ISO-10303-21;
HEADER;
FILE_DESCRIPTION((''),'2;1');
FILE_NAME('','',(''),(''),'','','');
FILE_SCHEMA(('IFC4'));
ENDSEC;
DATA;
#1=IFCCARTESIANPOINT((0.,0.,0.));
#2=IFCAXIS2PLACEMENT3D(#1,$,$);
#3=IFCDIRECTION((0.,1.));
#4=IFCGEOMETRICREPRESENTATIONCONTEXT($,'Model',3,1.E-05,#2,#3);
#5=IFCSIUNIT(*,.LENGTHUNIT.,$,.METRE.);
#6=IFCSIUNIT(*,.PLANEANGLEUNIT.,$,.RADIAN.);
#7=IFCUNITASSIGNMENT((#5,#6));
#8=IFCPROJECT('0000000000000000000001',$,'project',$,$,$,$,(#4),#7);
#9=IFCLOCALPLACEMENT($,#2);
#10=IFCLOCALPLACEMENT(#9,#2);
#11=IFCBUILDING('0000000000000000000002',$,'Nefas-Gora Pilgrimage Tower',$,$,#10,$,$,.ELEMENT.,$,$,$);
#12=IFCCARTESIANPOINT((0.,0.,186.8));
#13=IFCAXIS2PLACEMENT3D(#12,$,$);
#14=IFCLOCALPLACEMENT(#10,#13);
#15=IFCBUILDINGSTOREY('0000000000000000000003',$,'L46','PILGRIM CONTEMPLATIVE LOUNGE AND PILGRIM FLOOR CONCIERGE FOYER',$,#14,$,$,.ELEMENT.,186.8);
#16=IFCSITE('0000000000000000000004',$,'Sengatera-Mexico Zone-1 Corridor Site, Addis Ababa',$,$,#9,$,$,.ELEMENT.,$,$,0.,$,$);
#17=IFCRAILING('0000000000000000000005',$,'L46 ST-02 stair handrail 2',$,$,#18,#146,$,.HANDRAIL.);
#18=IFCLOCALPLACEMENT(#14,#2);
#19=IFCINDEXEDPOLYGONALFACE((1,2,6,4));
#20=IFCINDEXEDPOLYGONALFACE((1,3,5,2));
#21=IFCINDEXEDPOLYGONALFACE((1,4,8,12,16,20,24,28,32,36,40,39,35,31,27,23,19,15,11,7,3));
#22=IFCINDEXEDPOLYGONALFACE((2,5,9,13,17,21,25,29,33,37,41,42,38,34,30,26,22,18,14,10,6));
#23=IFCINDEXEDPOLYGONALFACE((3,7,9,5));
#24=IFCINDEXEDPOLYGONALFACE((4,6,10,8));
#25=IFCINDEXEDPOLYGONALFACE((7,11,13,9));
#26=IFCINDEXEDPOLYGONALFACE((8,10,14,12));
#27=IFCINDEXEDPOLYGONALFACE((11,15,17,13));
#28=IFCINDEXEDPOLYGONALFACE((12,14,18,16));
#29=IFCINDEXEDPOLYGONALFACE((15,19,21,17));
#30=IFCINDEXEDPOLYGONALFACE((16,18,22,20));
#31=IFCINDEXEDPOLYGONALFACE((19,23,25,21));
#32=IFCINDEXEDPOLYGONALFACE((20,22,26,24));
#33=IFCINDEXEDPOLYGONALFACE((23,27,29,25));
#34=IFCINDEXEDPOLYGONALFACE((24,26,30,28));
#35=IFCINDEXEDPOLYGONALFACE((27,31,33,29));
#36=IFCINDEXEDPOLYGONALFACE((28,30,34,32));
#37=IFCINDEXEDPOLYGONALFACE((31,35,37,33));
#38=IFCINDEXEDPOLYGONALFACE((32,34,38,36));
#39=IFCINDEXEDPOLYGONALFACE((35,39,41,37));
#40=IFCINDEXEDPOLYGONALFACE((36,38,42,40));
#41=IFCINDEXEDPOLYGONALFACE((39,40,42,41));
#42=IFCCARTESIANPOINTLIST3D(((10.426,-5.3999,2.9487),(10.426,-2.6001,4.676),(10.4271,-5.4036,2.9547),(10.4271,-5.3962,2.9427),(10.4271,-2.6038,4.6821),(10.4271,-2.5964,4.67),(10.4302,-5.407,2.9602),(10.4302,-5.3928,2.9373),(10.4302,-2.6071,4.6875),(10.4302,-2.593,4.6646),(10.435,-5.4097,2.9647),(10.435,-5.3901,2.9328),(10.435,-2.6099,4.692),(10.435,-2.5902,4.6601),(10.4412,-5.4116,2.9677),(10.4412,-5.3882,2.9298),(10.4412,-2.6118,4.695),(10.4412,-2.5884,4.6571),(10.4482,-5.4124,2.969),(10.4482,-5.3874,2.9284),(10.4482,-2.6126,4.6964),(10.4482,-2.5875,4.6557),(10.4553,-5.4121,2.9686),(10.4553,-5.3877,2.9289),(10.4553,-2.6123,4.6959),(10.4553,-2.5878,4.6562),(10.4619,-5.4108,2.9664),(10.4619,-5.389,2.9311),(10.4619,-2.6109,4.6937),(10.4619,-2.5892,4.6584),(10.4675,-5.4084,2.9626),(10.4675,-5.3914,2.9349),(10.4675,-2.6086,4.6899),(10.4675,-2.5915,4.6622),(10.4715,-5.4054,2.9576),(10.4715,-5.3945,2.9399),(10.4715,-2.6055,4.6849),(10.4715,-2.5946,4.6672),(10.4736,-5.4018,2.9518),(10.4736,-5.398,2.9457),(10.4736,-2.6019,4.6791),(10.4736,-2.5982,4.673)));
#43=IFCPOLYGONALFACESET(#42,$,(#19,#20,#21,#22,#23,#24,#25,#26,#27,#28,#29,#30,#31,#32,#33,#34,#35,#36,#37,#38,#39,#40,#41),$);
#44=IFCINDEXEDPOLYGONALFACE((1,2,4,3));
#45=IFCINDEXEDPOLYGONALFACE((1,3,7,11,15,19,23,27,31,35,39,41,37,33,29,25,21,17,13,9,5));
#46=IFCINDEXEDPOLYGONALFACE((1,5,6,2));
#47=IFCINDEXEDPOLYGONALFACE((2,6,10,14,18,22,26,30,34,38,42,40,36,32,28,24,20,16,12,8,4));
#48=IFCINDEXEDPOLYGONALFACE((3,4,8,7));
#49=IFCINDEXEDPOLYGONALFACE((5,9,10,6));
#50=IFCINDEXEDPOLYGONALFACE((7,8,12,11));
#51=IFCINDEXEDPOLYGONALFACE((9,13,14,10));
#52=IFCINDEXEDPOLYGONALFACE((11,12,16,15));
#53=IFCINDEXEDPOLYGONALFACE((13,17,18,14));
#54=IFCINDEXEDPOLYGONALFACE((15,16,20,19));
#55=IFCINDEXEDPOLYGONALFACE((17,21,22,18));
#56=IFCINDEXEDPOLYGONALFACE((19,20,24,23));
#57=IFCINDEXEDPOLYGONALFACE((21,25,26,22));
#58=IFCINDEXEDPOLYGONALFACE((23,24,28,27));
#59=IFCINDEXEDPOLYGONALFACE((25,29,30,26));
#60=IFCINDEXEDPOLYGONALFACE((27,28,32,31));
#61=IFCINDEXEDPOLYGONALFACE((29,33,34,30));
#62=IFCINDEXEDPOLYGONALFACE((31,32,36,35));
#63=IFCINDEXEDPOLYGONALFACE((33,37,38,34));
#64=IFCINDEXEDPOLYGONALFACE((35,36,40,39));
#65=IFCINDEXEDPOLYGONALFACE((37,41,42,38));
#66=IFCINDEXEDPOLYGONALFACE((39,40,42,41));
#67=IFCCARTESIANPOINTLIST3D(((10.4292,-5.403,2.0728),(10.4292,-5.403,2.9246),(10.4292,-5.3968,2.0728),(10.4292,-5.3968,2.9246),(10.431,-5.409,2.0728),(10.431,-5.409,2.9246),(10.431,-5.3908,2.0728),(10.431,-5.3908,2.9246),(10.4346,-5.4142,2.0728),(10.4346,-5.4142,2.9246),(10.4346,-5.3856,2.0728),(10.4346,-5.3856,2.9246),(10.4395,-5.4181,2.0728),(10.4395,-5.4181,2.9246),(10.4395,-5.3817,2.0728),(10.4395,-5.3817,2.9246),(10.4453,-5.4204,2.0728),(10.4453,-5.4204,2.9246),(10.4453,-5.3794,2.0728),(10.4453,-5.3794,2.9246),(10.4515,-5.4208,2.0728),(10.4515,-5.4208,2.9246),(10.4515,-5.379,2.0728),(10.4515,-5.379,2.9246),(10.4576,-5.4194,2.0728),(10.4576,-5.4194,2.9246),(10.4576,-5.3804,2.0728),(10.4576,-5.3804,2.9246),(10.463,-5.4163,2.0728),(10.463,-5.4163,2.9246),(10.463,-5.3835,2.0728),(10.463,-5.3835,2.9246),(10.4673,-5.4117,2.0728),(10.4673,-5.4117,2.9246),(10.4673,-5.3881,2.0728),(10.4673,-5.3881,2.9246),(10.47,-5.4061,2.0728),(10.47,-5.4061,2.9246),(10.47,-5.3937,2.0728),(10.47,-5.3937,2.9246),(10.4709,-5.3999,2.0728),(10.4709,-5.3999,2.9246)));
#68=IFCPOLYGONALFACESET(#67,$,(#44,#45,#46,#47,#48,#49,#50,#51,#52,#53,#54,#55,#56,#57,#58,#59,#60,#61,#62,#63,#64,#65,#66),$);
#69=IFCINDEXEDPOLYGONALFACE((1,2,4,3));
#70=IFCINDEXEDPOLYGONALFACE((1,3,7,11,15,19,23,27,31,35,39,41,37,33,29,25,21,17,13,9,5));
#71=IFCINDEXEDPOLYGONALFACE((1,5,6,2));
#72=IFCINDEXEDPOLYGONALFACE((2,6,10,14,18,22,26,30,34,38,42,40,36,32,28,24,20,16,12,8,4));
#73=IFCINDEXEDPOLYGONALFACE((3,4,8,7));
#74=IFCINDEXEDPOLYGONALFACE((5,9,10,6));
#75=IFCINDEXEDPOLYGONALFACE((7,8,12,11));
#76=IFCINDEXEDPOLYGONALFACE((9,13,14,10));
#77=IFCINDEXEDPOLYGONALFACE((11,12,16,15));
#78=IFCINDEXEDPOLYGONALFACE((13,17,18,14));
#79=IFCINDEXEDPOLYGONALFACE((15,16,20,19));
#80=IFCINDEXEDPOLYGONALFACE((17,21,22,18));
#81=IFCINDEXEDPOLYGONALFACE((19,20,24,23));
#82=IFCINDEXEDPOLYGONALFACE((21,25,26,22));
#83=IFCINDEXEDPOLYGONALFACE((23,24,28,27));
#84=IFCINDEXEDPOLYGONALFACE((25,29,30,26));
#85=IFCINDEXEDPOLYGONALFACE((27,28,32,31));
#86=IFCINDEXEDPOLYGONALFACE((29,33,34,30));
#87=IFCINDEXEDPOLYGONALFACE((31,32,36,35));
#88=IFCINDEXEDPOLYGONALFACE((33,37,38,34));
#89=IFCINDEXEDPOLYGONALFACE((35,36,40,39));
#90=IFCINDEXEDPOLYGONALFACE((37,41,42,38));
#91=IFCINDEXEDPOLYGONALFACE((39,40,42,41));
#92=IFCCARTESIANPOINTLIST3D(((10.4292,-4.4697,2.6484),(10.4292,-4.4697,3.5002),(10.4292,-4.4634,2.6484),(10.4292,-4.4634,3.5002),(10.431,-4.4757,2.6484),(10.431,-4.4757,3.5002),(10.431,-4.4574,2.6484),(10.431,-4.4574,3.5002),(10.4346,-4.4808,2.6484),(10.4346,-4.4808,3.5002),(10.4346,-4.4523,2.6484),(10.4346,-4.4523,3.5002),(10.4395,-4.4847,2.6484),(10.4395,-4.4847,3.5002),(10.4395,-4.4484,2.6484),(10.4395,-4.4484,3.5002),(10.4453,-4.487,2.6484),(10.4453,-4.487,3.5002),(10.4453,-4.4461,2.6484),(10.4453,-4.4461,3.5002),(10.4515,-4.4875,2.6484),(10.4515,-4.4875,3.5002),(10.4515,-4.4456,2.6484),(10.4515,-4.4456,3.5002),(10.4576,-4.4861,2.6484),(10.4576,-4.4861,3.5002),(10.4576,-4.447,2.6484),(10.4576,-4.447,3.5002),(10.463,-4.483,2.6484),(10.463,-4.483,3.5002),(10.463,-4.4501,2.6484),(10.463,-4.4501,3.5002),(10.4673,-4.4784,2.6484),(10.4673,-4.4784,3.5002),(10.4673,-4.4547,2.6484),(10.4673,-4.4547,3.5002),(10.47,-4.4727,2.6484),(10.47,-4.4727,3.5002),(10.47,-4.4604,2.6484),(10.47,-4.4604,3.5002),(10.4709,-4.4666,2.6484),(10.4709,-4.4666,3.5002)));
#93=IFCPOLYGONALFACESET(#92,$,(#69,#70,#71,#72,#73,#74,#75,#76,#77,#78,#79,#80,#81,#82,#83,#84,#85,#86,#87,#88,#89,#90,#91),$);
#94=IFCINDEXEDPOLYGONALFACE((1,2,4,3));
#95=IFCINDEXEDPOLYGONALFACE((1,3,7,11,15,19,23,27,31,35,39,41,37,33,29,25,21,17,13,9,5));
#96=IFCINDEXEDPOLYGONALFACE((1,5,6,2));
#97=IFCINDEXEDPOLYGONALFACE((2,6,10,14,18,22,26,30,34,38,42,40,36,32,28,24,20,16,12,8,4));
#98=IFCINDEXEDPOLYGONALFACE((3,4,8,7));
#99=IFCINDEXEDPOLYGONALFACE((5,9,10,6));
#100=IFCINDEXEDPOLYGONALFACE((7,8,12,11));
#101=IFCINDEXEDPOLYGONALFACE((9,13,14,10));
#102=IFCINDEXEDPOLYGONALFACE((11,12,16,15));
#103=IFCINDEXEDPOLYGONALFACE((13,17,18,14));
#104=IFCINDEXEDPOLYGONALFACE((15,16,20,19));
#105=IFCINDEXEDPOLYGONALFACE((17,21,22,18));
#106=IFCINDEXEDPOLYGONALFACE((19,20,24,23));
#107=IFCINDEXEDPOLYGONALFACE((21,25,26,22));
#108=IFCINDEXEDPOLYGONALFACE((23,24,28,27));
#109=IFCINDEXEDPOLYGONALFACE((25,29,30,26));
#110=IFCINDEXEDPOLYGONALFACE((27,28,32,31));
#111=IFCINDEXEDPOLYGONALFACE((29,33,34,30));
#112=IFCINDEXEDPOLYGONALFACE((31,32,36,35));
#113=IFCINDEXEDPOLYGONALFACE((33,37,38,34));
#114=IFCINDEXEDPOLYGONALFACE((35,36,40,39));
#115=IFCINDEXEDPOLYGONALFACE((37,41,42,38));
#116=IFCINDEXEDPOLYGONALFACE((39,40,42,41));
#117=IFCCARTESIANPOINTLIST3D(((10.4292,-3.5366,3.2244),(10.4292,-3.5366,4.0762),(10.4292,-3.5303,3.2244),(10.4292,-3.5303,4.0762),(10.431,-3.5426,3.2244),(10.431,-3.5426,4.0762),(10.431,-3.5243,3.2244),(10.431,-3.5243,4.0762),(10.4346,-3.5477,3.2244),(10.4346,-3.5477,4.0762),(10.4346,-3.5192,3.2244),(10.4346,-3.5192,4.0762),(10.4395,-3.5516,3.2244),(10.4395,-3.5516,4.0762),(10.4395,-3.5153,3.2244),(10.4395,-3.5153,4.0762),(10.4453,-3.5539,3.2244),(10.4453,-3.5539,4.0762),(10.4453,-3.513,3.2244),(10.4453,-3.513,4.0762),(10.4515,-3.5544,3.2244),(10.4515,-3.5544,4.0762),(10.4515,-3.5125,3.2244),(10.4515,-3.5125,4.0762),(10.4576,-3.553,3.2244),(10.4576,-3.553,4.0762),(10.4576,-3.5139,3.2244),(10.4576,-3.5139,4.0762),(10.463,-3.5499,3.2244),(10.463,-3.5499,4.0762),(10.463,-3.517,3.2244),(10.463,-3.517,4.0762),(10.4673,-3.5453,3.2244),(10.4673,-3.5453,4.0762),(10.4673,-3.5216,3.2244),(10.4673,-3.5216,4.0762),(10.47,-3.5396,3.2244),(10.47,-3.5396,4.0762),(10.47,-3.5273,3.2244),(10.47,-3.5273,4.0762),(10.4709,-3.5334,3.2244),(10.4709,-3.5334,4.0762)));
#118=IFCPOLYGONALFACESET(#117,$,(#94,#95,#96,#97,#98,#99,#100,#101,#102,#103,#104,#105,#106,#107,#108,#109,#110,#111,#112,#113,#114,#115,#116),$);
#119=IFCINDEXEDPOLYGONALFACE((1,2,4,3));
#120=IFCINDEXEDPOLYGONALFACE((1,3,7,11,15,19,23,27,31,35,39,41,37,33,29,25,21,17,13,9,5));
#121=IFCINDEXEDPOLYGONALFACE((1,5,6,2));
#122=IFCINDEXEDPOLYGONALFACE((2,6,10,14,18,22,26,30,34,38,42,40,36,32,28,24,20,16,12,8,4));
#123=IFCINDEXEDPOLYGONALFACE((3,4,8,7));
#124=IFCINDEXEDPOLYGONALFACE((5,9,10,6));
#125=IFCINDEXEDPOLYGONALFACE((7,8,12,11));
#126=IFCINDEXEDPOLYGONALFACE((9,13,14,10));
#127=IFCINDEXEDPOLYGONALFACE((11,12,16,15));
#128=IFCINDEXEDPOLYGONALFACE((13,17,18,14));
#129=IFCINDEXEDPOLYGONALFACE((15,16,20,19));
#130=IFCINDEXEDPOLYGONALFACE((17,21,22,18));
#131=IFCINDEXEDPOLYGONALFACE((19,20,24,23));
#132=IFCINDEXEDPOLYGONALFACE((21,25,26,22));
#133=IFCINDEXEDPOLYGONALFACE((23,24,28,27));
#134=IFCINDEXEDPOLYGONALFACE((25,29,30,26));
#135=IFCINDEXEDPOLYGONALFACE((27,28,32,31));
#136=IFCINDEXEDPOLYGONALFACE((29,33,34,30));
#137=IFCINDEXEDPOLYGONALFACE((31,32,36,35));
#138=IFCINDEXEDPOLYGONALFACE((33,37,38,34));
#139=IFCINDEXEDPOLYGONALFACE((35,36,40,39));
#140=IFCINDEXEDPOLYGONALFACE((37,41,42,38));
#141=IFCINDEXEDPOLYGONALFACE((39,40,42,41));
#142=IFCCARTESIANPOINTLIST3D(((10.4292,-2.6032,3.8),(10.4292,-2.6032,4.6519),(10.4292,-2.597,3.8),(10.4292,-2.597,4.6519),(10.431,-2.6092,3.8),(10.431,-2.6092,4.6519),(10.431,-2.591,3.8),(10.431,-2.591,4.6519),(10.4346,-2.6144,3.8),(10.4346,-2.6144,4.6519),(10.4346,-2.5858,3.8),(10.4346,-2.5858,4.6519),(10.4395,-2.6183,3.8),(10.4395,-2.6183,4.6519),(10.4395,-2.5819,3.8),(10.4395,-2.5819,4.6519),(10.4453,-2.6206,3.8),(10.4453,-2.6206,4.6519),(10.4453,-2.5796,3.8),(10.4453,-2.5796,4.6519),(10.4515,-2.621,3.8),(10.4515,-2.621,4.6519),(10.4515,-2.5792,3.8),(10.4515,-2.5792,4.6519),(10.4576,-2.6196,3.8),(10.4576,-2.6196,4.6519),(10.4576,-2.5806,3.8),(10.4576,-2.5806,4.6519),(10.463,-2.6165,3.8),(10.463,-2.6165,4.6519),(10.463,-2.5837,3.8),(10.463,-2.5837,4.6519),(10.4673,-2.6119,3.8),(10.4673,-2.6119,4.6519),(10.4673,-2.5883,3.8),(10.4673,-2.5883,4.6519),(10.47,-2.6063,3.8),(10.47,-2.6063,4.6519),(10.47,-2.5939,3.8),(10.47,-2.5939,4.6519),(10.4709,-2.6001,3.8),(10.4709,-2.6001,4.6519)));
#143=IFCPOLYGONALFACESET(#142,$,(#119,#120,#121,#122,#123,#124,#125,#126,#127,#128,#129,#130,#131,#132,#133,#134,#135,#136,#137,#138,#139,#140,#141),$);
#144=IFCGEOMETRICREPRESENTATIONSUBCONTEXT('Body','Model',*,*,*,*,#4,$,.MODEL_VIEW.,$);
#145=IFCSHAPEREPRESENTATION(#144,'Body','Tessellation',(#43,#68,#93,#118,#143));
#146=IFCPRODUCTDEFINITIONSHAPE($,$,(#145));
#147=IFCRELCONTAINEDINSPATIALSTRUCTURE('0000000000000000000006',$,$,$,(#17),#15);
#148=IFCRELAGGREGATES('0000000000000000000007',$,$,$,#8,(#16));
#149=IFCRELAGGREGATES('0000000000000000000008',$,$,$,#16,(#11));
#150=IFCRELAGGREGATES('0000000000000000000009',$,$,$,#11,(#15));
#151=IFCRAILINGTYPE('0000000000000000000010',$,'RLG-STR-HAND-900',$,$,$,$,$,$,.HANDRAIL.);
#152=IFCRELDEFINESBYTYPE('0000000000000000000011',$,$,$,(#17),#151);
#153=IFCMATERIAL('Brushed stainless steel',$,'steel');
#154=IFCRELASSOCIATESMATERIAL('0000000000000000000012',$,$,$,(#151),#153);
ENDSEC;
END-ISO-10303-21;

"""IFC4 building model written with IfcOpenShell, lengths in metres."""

from ifc_helpers import new_model, si_unit, direction, frame, origin, origin_2d, place, context, subcontext, project, spatial, circle, extrude, material, type_object, element, save


model = new_model("IFC4")

# Units and contexts
model_context = context("Model", 3, precision=1e-05, world=origin(), true_north=direction((0.0, 1.0)))
body_context = subcontext(model_context, "Body", "Model", "MODEL_VIEW")
ifc_project = project(units=[si_unit("LENGTHUNIT", "METRE"), si_unit("PLANEANGLEUNIT", "RADIAN")], contexts=[model_context])

# Site, building, storey
site_placement = place(None, origin())
site = spatial("IfcSite", under=ifc_project, at=site_placement, Name="Sengatera-Mexico Zone-1 Corridor Site, Addis Ababa", CompositionType="ELEMENT", RefElevation=0.0)
building_placement = place(site_placement, origin())
building = spatial("IfcBuilding", under=site, at=building_placement, Name="Nefas-Gora Pilgrimage Tower", CompositionType="ELEMENT")
storey_placement = place(building_placement, frame((0.0, 0.0, 186.8)))
storey = spatial("IfcBuildingStorey", under=building, at=storey_placement, Name="L46", Description="PILGRIM CONTEMPLATIVE LOUNGE AND PILGRIM FLOOR CONCIERGE FOYER", CompositionType="ELEMENT", Elevation=186.8)

# Railing
ifc_material_1 = material(Name="Brushed stainless steel", Category="steel")
railing_type_1 = type_object("IfcRailingType", Name="RLG-STR-HAND-900", PredefinedType="HANDRAIL", material=ifc_material_1)
railing_1_placement = place(storey_placement, frame((10.45, -5.3999, 2.0728)))
element("IfcRailing", 1, at=railing_1_placement, inside=storey, type_object=railing_type_1, Name="L46 ST-02 stair handrail 2", PredefinedType="HANDRAIL", context=body_context, shape_type="SweptSolid", body=[
    extrude(circle(Radius=0.0239, at=origin_2d()), frame((0.0, 0.0, 0.876), z_axis=(0.0, 0.851069, 0.525054), x_axis=(-1.0, 0.0, 0.0)), (0.0, 0.0, 1.0), 3.2898),
    extrude(circle(Radius=0.021, at=origin_2d()), origin(), (0.0, 0.0, 1.0), 0.8518),
    extrude(circle(Radius=0.021, at=origin_2d()), frame((0.0, 0.9333, 0.5757)), (0.0, 0.0, 1.0), 0.8518),
    extrude(circle(Radius=0.021, at=origin_2d()), frame((0.0, 1.8665, 1.1516)), (0.0, 0.0, 1.0), 0.8518),
    extrude(circle(Radius=0.021, at=origin_2d()), frame((0.0, 2.7998, 1.7273)), (0.0, 0.0, 1.0), 0.8518),
])

save(model, "model.ifc")
